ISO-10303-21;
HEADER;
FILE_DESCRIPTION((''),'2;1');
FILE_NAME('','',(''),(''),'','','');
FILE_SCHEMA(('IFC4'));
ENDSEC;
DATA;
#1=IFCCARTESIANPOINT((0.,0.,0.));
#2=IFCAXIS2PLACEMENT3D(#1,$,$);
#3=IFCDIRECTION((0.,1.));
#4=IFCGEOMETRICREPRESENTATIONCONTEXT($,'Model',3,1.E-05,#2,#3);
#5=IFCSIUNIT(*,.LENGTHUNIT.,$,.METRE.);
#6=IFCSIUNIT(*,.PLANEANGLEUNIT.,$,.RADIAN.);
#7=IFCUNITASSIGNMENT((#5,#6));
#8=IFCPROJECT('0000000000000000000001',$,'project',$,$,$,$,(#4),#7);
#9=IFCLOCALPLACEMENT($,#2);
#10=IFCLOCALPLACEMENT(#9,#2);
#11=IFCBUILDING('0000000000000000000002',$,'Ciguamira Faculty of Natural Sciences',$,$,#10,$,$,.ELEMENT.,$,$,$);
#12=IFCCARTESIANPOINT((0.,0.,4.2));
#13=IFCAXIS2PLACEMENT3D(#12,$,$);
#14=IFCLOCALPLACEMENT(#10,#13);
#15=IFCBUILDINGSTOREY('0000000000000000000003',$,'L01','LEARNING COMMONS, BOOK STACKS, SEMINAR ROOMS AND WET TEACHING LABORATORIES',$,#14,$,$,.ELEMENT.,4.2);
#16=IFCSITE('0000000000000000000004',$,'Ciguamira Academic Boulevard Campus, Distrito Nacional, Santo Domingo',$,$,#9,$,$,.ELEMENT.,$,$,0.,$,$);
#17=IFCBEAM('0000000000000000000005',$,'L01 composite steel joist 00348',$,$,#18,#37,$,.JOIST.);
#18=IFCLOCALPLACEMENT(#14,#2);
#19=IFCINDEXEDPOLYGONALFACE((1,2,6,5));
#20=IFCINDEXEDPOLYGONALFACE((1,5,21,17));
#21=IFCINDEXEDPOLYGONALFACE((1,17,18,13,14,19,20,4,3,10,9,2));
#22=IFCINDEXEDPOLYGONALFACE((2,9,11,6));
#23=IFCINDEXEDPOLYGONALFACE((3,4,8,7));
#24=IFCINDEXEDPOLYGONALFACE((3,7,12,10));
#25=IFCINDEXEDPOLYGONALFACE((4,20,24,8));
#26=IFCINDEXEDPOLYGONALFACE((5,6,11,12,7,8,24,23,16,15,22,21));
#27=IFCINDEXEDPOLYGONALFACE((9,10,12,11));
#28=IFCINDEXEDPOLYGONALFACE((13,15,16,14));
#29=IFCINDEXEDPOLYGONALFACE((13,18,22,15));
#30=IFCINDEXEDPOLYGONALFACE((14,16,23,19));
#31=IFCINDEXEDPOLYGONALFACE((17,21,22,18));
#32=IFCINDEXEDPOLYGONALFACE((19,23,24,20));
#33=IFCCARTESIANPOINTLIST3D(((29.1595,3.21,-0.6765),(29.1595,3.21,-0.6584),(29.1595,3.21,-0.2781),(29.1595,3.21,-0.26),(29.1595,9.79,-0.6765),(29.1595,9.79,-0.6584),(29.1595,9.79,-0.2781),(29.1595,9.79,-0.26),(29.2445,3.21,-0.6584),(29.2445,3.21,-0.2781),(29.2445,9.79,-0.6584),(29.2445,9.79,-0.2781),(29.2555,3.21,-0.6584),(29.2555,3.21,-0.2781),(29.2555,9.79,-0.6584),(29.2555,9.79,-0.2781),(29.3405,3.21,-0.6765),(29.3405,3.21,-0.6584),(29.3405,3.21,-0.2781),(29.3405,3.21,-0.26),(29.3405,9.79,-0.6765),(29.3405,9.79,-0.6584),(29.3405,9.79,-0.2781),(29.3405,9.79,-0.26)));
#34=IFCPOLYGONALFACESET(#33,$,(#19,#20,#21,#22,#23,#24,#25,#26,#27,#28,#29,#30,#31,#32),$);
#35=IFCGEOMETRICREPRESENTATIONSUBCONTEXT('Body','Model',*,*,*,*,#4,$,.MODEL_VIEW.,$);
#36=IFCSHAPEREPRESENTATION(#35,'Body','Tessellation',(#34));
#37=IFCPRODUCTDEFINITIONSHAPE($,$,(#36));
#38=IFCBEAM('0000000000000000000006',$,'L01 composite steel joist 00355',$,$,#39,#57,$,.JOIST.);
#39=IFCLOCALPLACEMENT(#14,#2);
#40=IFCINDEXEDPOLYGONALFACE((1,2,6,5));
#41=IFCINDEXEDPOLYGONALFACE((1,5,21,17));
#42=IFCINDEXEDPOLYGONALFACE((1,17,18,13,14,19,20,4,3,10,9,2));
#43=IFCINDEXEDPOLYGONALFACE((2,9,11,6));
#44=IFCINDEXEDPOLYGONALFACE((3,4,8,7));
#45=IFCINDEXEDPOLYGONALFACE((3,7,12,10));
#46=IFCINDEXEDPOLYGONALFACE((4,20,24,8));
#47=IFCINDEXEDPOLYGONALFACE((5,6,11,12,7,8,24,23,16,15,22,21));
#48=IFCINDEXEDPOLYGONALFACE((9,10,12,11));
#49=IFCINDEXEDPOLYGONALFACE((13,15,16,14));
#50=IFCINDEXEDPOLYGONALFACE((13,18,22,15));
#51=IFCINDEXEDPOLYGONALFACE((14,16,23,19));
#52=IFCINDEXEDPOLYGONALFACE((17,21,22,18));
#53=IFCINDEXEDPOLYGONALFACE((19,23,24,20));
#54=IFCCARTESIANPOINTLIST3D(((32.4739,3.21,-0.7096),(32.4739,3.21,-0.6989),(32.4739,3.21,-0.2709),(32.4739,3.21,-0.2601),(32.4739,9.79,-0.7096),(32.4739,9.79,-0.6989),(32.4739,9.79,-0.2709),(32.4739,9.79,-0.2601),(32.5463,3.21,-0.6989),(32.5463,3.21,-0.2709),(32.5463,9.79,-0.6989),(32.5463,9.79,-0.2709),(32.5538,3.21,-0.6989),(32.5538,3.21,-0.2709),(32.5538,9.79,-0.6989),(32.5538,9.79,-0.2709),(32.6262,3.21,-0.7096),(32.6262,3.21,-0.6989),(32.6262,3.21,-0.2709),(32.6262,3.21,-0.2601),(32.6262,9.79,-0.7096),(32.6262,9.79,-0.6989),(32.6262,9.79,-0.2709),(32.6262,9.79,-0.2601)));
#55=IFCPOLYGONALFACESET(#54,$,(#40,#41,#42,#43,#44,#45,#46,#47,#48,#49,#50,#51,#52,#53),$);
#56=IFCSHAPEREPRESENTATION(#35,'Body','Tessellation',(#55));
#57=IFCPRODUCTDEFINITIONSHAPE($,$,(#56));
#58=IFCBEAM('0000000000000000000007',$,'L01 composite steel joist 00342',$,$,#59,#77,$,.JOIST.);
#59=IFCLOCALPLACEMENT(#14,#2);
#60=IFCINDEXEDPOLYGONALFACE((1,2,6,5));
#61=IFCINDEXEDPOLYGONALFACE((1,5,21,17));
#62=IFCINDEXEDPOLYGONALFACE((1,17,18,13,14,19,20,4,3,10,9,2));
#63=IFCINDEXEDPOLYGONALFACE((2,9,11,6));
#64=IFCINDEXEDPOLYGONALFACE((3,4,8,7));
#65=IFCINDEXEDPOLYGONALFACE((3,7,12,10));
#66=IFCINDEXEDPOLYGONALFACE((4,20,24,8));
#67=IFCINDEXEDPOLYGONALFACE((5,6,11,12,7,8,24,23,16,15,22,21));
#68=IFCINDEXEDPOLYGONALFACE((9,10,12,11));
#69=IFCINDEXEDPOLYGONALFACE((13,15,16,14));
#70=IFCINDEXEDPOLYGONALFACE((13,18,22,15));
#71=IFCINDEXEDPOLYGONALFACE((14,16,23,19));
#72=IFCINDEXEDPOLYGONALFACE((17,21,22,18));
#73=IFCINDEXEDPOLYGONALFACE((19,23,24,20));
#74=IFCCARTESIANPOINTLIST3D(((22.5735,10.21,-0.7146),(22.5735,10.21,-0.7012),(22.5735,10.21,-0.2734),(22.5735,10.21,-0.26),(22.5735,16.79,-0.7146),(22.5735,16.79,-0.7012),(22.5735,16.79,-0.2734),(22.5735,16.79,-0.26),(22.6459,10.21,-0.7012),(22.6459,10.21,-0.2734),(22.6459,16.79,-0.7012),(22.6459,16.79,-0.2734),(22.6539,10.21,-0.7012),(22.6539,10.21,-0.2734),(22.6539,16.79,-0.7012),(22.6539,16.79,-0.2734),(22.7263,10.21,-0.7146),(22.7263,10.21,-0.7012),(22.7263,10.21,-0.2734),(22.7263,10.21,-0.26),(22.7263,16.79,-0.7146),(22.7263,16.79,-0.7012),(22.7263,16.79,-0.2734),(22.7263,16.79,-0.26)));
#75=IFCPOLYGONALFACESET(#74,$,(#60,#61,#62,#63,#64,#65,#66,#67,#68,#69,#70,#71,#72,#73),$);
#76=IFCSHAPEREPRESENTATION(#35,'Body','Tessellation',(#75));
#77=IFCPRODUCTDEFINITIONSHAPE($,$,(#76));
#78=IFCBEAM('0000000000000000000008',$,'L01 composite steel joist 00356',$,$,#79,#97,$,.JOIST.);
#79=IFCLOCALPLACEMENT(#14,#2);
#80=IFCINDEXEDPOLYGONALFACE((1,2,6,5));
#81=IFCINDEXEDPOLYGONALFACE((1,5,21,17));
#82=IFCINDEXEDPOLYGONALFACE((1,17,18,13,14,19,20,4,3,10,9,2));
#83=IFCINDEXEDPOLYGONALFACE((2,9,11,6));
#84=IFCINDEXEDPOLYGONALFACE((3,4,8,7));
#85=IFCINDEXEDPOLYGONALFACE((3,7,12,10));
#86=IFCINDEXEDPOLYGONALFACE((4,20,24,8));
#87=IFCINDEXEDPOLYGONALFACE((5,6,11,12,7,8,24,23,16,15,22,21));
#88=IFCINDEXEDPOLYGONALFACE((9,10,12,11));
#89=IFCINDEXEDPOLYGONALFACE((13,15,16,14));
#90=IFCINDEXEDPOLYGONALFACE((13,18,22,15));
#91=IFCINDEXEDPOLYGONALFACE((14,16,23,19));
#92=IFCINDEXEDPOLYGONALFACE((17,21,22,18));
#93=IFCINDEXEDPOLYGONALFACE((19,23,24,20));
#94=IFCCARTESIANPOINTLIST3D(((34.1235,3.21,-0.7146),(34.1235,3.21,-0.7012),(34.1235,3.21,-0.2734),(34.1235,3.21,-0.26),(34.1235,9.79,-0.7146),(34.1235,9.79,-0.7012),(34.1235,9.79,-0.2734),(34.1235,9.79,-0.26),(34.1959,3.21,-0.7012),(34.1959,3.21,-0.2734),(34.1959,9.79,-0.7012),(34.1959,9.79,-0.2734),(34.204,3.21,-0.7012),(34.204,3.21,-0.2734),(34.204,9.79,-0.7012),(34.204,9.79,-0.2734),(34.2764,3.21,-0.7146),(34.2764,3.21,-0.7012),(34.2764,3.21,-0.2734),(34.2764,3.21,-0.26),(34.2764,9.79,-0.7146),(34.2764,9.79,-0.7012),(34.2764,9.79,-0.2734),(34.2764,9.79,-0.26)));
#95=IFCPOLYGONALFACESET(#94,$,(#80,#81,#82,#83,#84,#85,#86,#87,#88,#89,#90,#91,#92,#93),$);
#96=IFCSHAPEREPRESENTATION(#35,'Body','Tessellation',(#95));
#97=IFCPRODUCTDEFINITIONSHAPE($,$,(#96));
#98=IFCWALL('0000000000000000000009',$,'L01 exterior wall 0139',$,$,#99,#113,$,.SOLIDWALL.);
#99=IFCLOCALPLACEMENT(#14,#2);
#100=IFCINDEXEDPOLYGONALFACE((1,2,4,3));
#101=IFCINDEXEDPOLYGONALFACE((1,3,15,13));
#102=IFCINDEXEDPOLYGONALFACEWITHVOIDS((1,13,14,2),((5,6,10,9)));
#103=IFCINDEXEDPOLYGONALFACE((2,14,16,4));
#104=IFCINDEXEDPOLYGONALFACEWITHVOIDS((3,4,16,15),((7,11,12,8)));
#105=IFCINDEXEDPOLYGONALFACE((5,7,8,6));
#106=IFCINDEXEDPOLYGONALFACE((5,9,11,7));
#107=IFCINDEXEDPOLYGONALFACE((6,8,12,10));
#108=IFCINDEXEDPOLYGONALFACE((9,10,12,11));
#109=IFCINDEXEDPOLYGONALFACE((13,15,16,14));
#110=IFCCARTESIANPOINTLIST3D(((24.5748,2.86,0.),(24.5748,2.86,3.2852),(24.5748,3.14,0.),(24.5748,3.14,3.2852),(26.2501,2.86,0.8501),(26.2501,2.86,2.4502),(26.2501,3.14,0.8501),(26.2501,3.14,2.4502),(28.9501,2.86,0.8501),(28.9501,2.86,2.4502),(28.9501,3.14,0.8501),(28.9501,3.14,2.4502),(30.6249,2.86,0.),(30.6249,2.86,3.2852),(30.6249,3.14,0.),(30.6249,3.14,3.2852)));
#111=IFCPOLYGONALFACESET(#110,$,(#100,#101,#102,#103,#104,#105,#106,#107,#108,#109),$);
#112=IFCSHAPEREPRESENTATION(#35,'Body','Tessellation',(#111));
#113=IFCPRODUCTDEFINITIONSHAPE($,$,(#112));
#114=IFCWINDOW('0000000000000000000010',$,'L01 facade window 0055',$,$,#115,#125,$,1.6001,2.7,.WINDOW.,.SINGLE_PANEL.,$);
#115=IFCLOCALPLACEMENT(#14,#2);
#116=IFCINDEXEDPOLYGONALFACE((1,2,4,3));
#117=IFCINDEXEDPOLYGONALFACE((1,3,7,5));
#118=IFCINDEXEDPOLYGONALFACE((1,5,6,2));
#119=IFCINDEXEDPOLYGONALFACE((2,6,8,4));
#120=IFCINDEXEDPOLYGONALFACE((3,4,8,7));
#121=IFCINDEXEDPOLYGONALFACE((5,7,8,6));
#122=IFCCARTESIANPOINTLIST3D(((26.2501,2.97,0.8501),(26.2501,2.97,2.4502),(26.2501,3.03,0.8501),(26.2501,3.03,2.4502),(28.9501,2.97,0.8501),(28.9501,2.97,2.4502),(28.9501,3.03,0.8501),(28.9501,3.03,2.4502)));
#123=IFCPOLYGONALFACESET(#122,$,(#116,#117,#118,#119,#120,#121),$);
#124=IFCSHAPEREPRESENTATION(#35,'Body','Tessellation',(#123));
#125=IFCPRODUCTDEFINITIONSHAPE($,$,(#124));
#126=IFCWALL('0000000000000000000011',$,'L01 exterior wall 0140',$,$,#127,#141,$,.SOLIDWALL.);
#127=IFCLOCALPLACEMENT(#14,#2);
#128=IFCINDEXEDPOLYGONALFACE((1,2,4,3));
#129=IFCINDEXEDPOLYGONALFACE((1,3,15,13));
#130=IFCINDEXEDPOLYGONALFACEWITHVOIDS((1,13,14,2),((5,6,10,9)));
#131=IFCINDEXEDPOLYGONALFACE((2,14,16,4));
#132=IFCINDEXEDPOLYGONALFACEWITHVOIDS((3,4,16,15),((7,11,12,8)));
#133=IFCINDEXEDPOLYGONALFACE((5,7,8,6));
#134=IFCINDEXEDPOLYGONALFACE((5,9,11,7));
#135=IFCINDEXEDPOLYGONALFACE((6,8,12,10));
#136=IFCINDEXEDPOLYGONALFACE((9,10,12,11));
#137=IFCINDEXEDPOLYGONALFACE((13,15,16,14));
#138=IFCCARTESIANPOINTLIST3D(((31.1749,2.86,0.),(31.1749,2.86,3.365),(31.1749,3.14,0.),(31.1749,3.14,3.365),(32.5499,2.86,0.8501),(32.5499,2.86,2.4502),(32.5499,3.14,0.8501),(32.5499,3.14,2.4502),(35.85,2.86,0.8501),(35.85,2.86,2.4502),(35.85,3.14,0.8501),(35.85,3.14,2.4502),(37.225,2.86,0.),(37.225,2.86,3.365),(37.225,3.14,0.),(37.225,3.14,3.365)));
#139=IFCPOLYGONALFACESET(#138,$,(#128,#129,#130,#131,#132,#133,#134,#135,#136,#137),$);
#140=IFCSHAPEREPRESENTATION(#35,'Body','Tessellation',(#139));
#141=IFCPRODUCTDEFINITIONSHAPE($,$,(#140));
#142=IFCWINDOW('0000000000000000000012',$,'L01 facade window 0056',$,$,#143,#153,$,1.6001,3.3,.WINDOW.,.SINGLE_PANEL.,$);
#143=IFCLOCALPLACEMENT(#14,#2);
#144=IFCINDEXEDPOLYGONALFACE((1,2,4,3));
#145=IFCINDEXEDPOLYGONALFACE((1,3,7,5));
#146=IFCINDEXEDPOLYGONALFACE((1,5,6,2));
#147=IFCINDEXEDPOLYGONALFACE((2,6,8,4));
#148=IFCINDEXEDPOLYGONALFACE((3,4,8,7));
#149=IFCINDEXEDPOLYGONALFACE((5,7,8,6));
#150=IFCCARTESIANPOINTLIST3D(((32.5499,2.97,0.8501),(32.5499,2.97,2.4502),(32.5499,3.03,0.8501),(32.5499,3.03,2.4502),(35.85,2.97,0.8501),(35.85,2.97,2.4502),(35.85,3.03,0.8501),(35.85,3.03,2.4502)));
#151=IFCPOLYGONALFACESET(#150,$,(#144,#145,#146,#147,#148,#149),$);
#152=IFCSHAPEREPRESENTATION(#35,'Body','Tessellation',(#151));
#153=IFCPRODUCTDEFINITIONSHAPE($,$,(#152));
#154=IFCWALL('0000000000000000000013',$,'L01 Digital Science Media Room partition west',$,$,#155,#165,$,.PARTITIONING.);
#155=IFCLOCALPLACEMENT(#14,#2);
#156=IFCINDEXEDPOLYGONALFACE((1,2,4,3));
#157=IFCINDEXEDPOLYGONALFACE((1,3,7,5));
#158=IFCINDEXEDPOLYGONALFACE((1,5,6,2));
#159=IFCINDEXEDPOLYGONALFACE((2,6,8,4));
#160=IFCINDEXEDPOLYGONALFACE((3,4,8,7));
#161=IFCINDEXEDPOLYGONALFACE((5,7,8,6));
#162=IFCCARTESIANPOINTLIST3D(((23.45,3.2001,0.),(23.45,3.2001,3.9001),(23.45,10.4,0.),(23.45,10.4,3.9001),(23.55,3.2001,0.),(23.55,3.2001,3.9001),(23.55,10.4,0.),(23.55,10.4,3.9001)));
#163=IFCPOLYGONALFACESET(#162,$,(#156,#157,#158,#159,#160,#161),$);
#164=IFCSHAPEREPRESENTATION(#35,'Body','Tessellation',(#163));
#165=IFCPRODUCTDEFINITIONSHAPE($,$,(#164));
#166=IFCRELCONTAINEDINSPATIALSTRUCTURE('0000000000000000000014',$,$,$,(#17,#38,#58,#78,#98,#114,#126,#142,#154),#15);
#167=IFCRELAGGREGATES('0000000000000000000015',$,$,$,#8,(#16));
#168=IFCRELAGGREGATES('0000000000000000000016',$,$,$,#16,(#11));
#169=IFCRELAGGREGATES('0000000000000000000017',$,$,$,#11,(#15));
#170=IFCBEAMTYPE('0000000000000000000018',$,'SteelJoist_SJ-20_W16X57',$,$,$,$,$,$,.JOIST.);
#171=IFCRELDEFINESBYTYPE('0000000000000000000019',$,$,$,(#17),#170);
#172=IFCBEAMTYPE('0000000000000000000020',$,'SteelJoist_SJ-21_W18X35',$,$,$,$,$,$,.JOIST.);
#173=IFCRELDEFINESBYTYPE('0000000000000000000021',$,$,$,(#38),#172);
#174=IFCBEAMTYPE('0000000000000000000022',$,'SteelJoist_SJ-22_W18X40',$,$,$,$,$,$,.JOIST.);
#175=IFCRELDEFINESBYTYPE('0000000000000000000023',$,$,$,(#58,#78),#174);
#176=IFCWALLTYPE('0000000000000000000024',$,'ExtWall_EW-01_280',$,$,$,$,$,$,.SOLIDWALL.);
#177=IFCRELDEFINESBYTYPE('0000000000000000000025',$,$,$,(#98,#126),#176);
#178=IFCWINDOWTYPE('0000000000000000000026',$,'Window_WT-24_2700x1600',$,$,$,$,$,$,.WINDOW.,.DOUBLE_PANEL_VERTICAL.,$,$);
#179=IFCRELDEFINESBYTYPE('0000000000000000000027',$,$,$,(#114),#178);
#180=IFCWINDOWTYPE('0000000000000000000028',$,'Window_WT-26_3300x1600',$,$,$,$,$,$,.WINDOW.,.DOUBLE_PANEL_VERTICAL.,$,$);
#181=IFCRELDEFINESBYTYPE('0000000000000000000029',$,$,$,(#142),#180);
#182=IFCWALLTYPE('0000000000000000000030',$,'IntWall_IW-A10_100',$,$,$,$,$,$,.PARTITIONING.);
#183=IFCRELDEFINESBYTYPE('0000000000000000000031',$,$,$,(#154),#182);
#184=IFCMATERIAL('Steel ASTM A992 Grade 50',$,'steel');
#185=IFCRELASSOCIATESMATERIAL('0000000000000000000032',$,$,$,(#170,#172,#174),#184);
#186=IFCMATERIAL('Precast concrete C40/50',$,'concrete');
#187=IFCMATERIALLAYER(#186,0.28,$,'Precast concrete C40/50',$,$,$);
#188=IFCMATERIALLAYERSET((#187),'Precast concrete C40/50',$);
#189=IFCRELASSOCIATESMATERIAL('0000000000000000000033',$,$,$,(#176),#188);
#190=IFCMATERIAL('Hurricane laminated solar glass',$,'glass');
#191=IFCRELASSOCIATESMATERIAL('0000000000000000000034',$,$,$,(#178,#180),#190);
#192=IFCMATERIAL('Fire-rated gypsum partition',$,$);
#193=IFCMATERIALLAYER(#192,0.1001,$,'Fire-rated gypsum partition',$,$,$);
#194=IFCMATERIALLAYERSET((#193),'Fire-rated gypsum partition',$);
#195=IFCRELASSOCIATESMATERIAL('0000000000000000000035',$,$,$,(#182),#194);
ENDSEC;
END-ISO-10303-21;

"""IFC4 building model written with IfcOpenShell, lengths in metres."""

from ifc_helpers import new_model, si_unit, direction, frame, frame_2d, origin, origin_2d, place, context, subcontext, project, spatial, rectangle, i_section, extrude, material, layer, layer_set, material_profile, profile_set, type_object, element, fill, save


model = new_model("IFC4")

# Units and contexts
model_context = context("Model", 3, precision=1e-05, world=origin(), true_north=direction((0.0, 1.0)))
body_context = subcontext(model_context, "Body", "Model", "MODEL_VIEW")
ifc_project = project(units=[si_unit("LENGTHUNIT", "METRE"), si_unit("PLANEANGLEUNIT", "RADIAN")], contexts=[model_context])

# Site, building, storey
site_placement = place(None, origin())
site = spatial("IfcSite", under=ifc_project, at=site_placement, Name="Ciguamira Academic Boulevard Campus, Distrito Nacional, Santo Domingo", CompositionType="ELEMENT", RefElevation=0.0)
building_placement = place(site_placement, origin())
building = spatial("IfcBuilding", under=site, at=building_placement, Name="Ciguamira Faculty of Natural Sciences", CompositionType="ELEMENT")
storey_placement = place(building_placement, frame((0.0, 0.0, 4.2)))
storey = spatial("IfcBuildingStorey", under=building, at=storey_placement, Name="L01", Description="LEARNING COMMONS, BOOK STACKS, SEMINAR ROOMS AND WET TEACHING LABORATORIES", CompositionType="ELEMENT", Elevation=4.2)

# Beams
ifc_material_1 = material(Name="Steel ASTM A992 Grade 50", Category="steel")
ifc_material_profile_1 = material_profile(ifc_material_1, i_section(OverallWidth=0.1809, OverallDepth=0.4165, WebThickness=0.011, FlangeThickness=0.0181, at=origin_2d()), Name="W16X57")
ifc_profile_set_1 = profile_set([ifc_material_profile_1], Name="Steel ASTM A992 Grade 50")
beam_type_1 = type_object("IfcBeamType", Name="SteelJoist_SJ-20_W16X57", PredefinedType="JOIST", material=ifc_profile_set_1)
beam_1_placement = place(storey_placement, frame((29.25, 3.21, -0.4683), z_axis=(0.0, 1.0, 0.0), x_axis=(-1.0, 0.0, 0.0)))
element("IfcBeam", 1, at=beam_1_placement, inside=storey, type_object=beam_type_1, Name="L01 composite steel joist 00348", PredefinedType="JOIST", context=body_context, shape_type="SweptSolid", body=[
    extrude(i_section(OverallWidth=0.1809, OverallDepth=0.4165, WebThickness=0.011, FlangeThickness=0.0181, at=origin_2d()), origin(), (0.0, 0.0, 1.0), 6.5801),
])
ifc_material_profile_2 = material_profile(ifc_material_1, i_section(OverallWidth=0.1523, OverallDepth=0.4495, WebThickness=0.0076, FlangeThickness=0.0107, at=origin_2d()), Name="W18X35")
ifc_profile_set_2 = profile_set([ifc_material_profile_2], Name="Steel ASTM A992 Grade 50")
beam_type_2 = type_object("IfcBeamType", Name="SteelJoist_SJ-21_W18X35", PredefinedType="JOIST", material=ifc_profile_set_2)
beam_2_placement = place(storey_placement, frame((32.55, 3.21, -0.4849), z_axis=(0.0, 1.0, 0.0), x_axis=(-1.0, 0.0, 0.0)))
element("IfcBeam", 2, at=beam_2_placement, inside=storey, type_object=beam_type_2, Name="L01 composite steel joist 00355", PredefinedType="JOIST", context=body_context, shape_type="SweptSolid", body=[
    extrude(i_section(OverallWidth=0.1523, OverallDepth=0.4495, WebThickness=0.0076, FlangeThickness=0.0107, at=origin_2d()), origin(), (0.0, 0.0, 1.0), 6.5801),
])
ifc_material_profile_3 = material_profile(ifc_material_1, i_section(OverallWidth=0.1528, OverallDepth=0.4546, WebThickness=0.0081, FlangeThickness=0.0134, at=origin_2d()), Name="W18X40")
ifc_profile_set_3 = profile_set([ifc_material_profile_3], Name="Steel ASTM A992 Grade 50")
beam_type_3 = type_object("IfcBeamType", Name="SteelJoist_SJ-22_W18X40", PredefinedType="JOIST", material=ifc_profile_set_3)
for number, where, z_axis, x_axis, name in (
    (3, (22.6499, 10.21, -0.4873), (0.0, 1.0, 0.0), (-1.0, 0.0, 0.0), "L01 composite steel joist 00342"),
    (4, (34.2, 3.21, -0.4873), (0.0, 1.0, 0.0), (-1.0, 0.0, 0.0), "L01 composite steel joist 00356"),
):
    element("IfcBeam", number, at=place(storey_placement, frame(where, z_axis=z_axis, x_axis=x_axis)), inside=storey, type_object=beam_type_3, Name=name, PredefinedType="JOIST", context=body_context, shape_type="SweptSolid", body=[
        extrude(i_section(OverallWidth=0.1528, OverallDepth=0.4546, WebThickness=0.0081, FlangeThickness=0.0134, at=origin_2d()), origin(), (0.0, 0.0, 1.0), 6.5801),
    ])

# Walls, openings, windows
ifc_material_2 = material(Name="Precast concrete C40/50", Category="concrete")
ifc_layer_1 = layer(ifc_material_2, 0.28, Name="Precast concrete C40/50")
ifc_layer_set_1 = layer_set([ifc_layer_1], Name="Precast concrete C40/50")
wall_type_1 = type_object("IfcWallType", Name="ExtWall_EW-01_280", PredefinedType="SOLIDWALL", material=ifc_layer_set_1)
wall_1_placement = place(storey_placement, frame((24.575, 3.0, 0.0), z_axis=(0.0, 0.0, 1.0), x_axis=(1.0, 0.0, 0.0)))
wall_1 = element("IfcWall", 5, at=wall_1_placement, inside=storey, type_object=wall_type_1, Name="L01 exterior wall 0139", PredefinedType="SOLIDWALL", context=body_context, shape_type="SweptSolid", body=[
    extrude(rectangle(XDim=6.05, YDim=0.28, at=frame_2d((3.0249, 0.0))), origin(), (0.0, 0.0, 1.0), 3.2852),
])
opening_1_placement = place(wall_1_placement, frame((1.675, 0.0, 0.8501)))
opening_1 = element("IfcOpeningElement", 6, at=opening_1_placement, cuts=wall_1, PredefinedType="OPENING", context=body_context, shape_type="SweptSolid", body=[
    extrude(rectangle(XDim=2.7, YDim=1.6001, at=frame_2d((1.3501, 0.8))), frame((0.0, 0.1499, 0.0), z_axis=(0.0, -1.0, 0.0), x_axis=(1.0, 0.0, 0.0)), (0.0, 0.0, 1.0), 0.3),
])
ifc_material_3 = material(Name="Hurricane laminated solar glass", Category="glass")
window_type_1 = type_object("IfcWindowType", Name="Window_WT-24_2700x1600", PartitioningType="DOUBLE_PANEL_VERTICAL", PredefinedType="WINDOW", material=ifc_material_3)
window_1_placement = place(opening_1_placement, origin())
window_1 = element("IfcWindow", 7, at=window_1_placement, inside=storey, type_object=window_type_1, Name="L01 facade window 0055", OverallHeight=1.6001, OverallWidth=2.7, PartitioningType="SINGLE_PANEL", PredefinedType="WINDOW", context=body_context, shape_type="SweptSolid", body=[
    extrude(rectangle(XDim=2.7, YDim=1.6001, at=frame_2d((1.3501, 0.8))), frame((0.0, 0.03, 0.0), z_axis=(0.0, -1.0, 0.0), x_axis=(1.0, 0.0, 0.0)), (0.0, 0.0, 1.0), 0.0601),
])
fill(opening_1, window_1)
wall_2_placement = place(storey_placement, frame((31.175, 3.0, 0.0), z_axis=(0.0, 0.0, 1.0), x_axis=(1.0, 0.0, 0.0)))
wall_2 = element("IfcWall", 8, at=wall_2_placement, inside=storey, type_object=wall_type_1, Name="L01 exterior wall 0140", PredefinedType="SOLIDWALL", context=body_context, shape_type="SweptSolid", body=[
    extrude(rectangle(XDim=6.05, YDim=0.28, at=frame_2d((3.0249, 0.0))), origin(), (0.0, 0.0, 1.0), 3.365),
])
opening_2_placement = place(wall_2_placement, frame((1.375, 0.0, 0.8501)))
opening_2 = element("IfcOpeningElement", 9, at=opening_2_placement, cuts=wall_2, PredefinedType="OPENING", context=body_context, shape_type="SweptSolid", body=[
    extrude(rectangle(XDim=3.3, YDim=1.6001, at=frame_2d((1.6499, 0.8))), frame((0.0, 0.1499, 0.0), z_axis=(0.0, -1.0, 0.0), x_axis=(1.0, 0.0, 0.0)), (0.0, 0.0, 1.0), 0.3),
])
window_type_2 = type_object("IfcWindowType", Name="Window_WT-26_3300x1600", PartitioningType="DOUBLE_PANEL_VERTICAL", PredefinedType="WINDOW", material=ifc_material_3)
window_2_placement = place(opening_2_placement, origin())
window_2 = element("IfcWindow", 10, at=window_2_placement, inside=storey, type_object=window_type_2, Name="L01 facade window 0056", OverallHeight=1.6001, OverallWidth=3.3, PartitioningType="SINGLE_PANEL", PredefinedType="WINDOW", context=body_context, shape_type="SweptSolid", body=[
    extrude(rectangle(XDim=3.3, YDim=1.6001, at=frame_2d((1.6499, 0.8))), frame((0.0, 0.03, 0.0), z_axis=(0.0, -1.0, 0.0), x_axis=(1.0, 0.0, 0.0)), (0.0, 0.0, 1.0), 0.0601),
])
fill(opening_2, window_2)

# Wall
ifc_material_4 = material(Name="Fire-rated gypsum partition")
ifc_layer_2 = layer(ifc_material_4, 0.1001, Name="Fire-rated gypsum partition")
ifc_layer_set_2 = layer_set([ifc_layer_2], Name="Fire-rated gypsum partition")
wall_type_2 = type_object("IfcWallType", Name="IntWall_IW-A10_100", PredefinedType="PARTITIONING", material=ifc_layer_set_2)
wall_3_placement = place(storey_placement, frame((23.5, 3.2, 0.0), z_axis=(0.0, 0.0, 1.0), x_axis=(0.0, 1.0, 0.0)))
element("IfcWall", 11, at=wall_3_placement, inside=storey, type_object=wall_type_2, Name="L01 Digital Science Media Room partition west", PredefinedType="PARTITIONING", context=body_context, shape_type="SweptSolid", body=[
    extrude(rectangle(XDim=7.2, YDim=0.1001, at=frame_2d((3.6001, 0.0))), origin(), (0.0, 0.0, 1.0), 3.9001),
])

save(model, "model.ifc")
